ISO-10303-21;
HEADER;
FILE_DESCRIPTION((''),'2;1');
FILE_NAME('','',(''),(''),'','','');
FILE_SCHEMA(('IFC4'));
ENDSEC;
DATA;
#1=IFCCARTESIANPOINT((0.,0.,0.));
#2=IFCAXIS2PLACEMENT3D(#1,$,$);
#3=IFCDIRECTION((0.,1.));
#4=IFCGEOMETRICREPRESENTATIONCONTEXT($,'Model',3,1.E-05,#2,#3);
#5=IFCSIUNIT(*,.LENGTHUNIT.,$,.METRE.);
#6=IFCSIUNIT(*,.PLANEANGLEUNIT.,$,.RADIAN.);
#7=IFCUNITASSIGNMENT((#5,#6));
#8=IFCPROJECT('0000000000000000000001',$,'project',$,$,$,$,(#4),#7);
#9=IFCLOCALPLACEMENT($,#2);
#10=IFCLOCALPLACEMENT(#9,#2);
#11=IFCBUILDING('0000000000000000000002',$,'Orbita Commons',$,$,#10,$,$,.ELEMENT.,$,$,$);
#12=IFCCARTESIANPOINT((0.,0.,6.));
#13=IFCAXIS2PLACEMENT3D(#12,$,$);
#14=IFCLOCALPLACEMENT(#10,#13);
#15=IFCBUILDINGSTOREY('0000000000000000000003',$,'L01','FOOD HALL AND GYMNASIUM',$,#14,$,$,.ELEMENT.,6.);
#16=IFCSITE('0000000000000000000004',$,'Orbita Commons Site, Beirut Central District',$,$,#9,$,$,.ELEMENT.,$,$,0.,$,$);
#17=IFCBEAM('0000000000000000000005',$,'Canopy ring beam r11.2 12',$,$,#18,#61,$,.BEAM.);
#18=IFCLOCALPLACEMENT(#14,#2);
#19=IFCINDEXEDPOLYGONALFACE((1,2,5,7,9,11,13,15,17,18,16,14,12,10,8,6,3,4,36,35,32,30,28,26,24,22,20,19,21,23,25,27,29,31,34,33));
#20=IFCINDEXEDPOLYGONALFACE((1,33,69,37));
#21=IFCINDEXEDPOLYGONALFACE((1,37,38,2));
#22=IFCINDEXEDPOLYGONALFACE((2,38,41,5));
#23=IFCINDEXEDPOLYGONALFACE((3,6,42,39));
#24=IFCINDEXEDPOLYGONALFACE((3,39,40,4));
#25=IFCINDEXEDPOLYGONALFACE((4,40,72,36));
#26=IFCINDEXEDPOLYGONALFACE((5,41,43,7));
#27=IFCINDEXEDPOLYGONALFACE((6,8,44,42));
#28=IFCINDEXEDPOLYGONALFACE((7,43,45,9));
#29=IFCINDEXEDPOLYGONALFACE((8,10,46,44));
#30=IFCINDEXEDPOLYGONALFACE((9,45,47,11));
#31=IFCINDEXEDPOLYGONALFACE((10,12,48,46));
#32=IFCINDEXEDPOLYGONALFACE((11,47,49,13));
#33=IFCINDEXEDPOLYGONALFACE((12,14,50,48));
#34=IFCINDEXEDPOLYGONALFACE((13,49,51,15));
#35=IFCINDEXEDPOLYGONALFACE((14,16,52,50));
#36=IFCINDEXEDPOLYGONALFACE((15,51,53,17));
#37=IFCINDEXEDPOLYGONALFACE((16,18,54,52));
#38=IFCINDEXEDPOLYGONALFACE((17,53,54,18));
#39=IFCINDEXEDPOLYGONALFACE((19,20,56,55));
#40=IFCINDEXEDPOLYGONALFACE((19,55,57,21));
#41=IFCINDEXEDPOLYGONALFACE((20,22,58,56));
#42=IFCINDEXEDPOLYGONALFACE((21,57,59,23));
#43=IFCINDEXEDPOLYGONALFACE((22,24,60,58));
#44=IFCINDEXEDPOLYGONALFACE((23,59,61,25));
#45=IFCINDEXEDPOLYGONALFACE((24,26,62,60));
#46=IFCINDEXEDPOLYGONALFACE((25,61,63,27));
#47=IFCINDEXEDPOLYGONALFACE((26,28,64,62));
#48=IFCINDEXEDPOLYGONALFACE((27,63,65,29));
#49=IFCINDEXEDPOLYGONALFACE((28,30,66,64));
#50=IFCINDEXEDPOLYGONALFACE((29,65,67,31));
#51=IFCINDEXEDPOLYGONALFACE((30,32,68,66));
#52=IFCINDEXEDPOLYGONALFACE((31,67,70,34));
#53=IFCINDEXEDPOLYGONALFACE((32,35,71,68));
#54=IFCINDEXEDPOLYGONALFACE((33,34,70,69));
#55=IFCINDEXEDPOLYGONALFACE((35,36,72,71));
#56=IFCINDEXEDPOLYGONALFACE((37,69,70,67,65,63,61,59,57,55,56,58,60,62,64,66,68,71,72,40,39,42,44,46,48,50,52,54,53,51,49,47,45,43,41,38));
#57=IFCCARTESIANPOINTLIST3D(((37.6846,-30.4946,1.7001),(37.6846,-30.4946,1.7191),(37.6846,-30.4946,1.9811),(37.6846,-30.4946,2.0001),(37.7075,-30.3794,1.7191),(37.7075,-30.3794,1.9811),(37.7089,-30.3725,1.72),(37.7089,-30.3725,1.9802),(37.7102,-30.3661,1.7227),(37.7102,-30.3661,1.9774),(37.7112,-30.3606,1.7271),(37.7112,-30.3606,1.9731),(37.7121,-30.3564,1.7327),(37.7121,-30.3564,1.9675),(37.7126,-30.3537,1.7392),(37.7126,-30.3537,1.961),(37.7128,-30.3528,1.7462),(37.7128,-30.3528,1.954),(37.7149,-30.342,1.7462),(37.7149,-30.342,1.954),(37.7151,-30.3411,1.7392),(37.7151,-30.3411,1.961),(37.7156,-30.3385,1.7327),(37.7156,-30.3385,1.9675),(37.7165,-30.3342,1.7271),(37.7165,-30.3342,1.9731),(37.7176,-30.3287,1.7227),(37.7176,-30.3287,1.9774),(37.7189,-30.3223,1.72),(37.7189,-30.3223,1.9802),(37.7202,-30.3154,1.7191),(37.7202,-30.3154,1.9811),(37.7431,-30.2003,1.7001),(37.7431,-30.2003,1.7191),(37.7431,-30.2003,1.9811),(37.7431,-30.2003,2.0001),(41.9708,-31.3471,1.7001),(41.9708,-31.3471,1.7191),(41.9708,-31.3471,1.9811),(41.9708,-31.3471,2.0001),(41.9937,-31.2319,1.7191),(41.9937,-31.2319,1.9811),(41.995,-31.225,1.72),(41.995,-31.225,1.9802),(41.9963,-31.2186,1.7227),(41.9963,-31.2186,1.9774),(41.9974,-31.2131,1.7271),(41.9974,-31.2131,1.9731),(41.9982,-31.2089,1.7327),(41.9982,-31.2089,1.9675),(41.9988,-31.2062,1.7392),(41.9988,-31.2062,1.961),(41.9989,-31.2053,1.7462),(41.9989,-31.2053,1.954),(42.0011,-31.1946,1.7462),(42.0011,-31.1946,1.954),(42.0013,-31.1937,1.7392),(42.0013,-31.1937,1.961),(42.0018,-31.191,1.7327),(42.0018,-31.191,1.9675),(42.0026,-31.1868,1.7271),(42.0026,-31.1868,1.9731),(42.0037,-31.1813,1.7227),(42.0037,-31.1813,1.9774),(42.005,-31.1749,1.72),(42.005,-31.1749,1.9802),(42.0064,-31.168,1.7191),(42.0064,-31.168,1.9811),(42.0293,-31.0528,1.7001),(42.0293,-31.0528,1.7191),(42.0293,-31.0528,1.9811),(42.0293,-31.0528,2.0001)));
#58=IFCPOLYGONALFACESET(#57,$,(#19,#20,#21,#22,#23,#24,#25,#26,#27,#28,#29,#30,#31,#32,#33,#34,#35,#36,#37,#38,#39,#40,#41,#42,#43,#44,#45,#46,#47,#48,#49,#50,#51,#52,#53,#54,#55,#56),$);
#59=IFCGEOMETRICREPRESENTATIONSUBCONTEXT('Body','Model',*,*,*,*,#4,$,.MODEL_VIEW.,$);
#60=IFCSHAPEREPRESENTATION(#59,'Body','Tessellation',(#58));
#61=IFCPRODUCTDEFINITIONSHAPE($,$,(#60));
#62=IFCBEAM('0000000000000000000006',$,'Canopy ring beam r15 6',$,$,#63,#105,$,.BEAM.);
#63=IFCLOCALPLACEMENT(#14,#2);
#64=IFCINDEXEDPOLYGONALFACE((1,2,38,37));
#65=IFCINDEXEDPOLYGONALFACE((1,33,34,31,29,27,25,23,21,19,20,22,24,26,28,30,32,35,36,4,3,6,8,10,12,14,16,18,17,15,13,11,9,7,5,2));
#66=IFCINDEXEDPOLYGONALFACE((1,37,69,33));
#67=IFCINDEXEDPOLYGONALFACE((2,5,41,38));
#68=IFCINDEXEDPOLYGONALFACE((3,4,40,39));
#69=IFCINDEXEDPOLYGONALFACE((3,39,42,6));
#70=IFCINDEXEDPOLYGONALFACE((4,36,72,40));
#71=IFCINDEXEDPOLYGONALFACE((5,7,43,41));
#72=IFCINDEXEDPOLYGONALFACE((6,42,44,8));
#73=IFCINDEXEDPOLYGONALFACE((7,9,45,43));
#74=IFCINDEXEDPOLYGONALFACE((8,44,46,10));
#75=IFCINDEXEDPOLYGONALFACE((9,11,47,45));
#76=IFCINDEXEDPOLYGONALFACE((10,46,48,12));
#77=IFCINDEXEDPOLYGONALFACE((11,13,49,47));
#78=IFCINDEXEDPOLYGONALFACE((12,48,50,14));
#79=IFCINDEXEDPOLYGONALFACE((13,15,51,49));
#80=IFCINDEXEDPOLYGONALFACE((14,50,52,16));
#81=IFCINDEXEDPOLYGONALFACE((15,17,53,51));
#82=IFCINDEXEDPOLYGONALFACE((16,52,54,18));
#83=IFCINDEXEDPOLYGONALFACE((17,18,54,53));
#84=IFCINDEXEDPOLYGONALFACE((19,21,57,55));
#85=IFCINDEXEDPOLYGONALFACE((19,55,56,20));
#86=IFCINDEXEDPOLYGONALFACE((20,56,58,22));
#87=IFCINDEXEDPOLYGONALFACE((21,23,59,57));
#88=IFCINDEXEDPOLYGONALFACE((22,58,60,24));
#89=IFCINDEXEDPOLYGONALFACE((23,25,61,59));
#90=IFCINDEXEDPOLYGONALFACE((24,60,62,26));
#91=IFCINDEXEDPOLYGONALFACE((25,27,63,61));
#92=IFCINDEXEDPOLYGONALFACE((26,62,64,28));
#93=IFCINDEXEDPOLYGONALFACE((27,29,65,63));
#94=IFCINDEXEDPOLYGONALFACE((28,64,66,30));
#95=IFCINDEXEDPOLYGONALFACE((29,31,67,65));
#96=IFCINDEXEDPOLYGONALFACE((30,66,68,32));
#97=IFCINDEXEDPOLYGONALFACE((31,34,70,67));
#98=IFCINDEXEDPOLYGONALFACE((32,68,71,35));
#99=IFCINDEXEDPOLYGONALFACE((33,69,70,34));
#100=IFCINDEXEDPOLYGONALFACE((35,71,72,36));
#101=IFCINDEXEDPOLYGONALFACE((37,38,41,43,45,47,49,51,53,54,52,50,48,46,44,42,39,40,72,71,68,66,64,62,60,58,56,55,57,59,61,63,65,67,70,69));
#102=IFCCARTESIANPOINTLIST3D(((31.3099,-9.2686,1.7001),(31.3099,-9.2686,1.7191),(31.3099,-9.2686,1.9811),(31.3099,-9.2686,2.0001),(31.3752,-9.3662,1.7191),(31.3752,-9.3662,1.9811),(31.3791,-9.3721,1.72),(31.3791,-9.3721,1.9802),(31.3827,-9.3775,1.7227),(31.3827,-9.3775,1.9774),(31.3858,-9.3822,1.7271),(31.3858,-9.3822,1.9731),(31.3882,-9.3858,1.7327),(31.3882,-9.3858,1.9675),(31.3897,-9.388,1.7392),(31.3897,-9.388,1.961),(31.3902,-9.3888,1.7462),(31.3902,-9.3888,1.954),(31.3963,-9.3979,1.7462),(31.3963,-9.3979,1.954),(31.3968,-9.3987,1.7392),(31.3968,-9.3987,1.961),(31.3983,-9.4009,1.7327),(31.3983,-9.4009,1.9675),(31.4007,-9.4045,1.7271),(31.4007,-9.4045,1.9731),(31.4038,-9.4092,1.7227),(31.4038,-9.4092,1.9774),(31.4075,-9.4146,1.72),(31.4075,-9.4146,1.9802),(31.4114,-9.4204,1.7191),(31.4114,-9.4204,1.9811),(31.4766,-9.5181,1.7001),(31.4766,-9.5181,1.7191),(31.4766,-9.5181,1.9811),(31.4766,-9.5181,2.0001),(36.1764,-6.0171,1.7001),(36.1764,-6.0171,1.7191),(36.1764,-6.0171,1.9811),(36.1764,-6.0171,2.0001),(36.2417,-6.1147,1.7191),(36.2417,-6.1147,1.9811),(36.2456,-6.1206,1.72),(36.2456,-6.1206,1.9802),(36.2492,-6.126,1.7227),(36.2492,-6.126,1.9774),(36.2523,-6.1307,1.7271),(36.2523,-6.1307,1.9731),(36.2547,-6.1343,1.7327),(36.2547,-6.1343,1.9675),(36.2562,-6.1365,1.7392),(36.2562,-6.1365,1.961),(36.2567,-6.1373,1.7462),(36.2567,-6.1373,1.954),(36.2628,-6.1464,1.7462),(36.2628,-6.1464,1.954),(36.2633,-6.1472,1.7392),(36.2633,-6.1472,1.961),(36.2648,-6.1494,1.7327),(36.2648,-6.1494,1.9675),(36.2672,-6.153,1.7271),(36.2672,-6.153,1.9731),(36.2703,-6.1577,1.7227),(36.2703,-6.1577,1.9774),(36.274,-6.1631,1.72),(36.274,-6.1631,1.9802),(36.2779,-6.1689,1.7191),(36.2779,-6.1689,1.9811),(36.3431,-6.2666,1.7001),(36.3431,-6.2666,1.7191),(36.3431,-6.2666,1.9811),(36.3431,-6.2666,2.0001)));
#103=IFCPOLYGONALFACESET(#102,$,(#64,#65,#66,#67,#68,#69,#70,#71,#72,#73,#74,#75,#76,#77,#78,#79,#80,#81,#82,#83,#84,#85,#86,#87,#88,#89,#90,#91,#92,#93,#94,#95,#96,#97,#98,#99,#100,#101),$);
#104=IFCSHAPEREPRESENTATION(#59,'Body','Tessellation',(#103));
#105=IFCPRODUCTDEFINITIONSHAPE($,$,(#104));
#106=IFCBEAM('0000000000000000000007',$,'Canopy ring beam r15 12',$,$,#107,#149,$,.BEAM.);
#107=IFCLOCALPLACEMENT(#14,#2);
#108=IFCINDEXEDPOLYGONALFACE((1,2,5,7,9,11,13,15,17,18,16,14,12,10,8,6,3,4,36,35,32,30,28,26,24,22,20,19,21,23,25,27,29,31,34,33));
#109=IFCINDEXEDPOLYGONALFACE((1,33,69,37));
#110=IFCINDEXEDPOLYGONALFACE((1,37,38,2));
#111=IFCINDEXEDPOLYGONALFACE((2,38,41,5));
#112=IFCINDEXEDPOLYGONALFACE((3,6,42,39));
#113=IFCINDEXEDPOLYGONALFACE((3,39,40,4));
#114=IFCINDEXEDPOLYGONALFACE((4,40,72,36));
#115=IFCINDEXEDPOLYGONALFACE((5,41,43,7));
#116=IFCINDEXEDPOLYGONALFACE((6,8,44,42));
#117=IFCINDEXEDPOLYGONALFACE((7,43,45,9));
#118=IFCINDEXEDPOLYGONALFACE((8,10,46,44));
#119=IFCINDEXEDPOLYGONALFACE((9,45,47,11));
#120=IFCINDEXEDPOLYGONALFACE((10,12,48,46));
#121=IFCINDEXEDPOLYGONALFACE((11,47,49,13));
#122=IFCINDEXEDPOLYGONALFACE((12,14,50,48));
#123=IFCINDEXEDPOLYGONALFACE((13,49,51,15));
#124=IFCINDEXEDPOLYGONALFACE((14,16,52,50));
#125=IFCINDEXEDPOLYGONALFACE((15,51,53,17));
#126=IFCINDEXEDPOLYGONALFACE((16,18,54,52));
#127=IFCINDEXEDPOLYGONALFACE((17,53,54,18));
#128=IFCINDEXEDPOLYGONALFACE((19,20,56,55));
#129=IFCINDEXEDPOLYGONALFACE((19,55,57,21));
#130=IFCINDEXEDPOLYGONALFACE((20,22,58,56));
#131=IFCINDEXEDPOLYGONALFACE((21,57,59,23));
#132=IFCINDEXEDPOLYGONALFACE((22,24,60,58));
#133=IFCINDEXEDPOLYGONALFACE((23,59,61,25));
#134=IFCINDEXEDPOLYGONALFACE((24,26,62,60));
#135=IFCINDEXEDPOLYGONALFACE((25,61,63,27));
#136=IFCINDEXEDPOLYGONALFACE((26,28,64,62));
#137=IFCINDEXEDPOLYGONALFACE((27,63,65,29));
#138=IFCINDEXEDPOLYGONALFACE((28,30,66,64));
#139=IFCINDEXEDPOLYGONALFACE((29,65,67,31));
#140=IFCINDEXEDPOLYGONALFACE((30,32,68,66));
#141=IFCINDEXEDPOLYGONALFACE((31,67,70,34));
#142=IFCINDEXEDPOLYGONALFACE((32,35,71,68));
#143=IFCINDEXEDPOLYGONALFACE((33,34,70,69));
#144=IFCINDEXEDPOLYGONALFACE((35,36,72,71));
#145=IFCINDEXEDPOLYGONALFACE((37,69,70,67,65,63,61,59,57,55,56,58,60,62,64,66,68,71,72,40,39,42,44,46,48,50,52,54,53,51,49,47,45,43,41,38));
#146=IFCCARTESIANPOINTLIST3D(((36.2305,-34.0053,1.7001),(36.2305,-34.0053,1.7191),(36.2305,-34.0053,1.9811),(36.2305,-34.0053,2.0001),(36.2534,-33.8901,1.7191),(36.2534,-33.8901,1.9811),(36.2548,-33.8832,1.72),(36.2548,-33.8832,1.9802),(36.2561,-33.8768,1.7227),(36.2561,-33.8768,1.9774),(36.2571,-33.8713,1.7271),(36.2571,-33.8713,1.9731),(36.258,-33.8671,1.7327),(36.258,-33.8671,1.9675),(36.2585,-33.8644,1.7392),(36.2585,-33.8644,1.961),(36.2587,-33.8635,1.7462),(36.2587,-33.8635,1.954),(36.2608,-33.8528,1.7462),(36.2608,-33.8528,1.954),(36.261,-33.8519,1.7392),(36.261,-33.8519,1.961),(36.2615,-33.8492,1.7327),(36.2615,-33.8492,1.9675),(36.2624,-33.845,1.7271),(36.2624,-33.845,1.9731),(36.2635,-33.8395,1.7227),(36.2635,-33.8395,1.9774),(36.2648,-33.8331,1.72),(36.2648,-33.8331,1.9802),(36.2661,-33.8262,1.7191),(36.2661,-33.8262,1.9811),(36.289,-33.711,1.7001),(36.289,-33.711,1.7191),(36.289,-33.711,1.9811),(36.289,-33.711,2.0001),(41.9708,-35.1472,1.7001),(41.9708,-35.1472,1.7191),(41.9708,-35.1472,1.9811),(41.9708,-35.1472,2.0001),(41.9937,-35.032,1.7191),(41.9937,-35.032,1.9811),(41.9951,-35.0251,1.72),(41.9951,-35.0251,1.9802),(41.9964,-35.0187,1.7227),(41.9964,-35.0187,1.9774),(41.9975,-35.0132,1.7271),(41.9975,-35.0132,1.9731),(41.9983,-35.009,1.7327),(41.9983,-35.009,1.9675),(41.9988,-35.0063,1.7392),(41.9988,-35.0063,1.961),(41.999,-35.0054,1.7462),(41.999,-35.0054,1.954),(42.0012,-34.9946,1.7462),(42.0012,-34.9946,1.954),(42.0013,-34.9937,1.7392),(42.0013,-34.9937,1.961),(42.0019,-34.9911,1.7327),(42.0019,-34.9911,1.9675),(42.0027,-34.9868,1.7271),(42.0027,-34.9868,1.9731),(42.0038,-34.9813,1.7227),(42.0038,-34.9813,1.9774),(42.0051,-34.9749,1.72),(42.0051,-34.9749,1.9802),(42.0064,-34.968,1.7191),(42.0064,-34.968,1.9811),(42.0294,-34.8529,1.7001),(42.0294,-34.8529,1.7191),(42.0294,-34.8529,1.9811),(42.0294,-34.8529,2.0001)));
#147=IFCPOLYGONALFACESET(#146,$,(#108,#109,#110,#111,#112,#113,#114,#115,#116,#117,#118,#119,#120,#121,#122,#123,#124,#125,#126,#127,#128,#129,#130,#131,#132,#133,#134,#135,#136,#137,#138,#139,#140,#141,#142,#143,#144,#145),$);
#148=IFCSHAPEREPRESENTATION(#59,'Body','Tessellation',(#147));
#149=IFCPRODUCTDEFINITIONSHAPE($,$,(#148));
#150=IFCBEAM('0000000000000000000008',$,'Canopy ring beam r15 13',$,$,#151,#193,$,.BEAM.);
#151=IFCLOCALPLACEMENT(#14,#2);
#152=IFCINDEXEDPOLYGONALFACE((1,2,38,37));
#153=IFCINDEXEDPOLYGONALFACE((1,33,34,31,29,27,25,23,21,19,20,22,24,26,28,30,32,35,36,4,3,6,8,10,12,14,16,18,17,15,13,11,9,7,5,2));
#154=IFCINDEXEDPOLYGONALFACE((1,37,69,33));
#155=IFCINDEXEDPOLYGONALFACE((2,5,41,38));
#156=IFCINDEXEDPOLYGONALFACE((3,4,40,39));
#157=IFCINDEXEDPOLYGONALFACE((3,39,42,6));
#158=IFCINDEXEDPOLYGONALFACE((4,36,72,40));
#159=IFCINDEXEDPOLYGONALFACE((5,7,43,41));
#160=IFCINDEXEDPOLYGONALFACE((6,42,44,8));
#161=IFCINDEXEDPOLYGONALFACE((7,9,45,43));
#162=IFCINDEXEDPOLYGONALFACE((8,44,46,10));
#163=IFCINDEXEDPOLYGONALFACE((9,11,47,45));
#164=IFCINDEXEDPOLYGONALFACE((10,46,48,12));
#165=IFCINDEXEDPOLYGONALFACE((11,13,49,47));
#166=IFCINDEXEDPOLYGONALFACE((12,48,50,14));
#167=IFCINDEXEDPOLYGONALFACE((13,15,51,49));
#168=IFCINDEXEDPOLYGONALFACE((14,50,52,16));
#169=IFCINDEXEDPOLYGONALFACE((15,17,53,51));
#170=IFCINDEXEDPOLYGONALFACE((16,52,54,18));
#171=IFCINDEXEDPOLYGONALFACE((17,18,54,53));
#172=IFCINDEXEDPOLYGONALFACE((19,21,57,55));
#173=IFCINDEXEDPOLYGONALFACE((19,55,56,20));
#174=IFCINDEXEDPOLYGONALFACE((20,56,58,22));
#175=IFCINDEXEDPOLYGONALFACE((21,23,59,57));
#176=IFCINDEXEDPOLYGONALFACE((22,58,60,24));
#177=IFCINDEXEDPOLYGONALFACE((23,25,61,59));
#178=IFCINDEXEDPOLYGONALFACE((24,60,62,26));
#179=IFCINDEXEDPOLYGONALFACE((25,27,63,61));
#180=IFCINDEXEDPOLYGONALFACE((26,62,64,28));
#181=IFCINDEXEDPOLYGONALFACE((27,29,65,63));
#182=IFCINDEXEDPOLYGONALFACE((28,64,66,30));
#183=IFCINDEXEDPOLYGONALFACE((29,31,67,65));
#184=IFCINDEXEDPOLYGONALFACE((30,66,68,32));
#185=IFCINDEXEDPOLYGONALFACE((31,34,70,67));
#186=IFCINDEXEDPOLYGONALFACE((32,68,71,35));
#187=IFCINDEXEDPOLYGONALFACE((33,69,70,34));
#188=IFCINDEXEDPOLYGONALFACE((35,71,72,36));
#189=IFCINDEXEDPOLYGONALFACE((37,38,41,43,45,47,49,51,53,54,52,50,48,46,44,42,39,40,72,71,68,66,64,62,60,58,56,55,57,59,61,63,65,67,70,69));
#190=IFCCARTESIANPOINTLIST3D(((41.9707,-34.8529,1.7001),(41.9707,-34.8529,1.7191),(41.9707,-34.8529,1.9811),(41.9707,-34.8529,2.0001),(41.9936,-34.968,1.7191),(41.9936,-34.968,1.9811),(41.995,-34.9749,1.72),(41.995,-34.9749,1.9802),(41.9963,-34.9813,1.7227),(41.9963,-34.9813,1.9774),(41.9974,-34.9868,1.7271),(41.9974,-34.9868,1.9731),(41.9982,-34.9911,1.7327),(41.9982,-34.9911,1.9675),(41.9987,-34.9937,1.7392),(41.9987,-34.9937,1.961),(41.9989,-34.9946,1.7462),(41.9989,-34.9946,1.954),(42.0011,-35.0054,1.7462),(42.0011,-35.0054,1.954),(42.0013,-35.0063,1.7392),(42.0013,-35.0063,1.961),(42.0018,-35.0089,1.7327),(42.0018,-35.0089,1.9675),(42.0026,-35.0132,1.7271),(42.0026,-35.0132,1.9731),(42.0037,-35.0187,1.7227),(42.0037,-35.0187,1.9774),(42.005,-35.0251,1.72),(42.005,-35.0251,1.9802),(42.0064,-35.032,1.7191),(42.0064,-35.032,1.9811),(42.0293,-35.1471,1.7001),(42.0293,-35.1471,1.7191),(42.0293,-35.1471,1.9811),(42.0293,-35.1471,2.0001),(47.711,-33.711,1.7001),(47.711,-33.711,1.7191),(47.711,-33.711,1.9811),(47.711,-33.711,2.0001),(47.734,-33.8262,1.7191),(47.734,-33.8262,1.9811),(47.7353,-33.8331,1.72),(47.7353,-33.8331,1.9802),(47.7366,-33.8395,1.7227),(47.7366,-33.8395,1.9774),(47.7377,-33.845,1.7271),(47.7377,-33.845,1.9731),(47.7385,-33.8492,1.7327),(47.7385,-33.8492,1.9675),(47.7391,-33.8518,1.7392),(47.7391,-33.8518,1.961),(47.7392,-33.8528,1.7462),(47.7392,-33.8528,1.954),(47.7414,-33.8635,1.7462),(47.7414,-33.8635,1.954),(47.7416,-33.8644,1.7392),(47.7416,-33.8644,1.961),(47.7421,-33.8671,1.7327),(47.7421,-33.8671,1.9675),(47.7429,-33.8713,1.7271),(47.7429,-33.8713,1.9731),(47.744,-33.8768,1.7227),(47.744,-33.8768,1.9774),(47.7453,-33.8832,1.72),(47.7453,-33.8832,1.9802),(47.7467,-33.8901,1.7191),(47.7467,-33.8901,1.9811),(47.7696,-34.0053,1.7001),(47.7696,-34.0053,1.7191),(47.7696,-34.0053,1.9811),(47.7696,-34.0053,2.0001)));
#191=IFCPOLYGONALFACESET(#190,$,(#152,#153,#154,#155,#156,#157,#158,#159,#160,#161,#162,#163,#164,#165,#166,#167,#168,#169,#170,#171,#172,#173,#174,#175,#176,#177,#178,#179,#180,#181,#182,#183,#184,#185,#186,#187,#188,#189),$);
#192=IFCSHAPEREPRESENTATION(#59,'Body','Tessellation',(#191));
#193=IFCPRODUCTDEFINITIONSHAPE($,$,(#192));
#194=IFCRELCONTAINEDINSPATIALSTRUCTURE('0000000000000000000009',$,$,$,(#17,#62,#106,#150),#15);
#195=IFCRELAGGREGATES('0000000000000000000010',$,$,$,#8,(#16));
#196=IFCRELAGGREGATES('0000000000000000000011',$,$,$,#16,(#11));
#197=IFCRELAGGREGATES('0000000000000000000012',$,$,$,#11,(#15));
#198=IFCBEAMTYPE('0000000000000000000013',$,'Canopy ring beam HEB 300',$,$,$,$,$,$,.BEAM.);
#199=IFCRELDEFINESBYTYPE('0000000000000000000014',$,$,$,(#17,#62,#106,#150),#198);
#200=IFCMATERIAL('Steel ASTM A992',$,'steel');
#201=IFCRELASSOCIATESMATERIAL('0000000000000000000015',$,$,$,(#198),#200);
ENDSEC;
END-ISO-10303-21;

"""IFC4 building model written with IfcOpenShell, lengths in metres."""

from ifc_helpers import new_model, si_unit, direction, frame, origin, origin_2d, place, context, subcontext, project, spatial, i_section, extrude, material, material_profile, profile_set, type_object, element, save


model = new_model("IFC4")

# Units and contexts
model_context = context("Model", 3, precision=1e-05, world=origin(), true_north=direction((0.0, 1.0)))
body_context = subcontext(model_context, "Body", "Model", "MODEL_VIEW")
ifc_project = project(units=[si_unit("LENGTHUNIT", "METRE"), si_unit("PLANEANGLEUNIT", "RADIAN")], contexts=[model_context])

# Site, building, storey
site_placement = place(None, origin())
site = spatial("IfcSite", under=ifc_project, at=site_placement, Name="Orbita Commons Site, Beirut Central District", CompositionType="ELEMENT", RefElevation=0.0)
building_placement = place(site_placement, origin())
building = spatial("IfcBuilding", under=site, at=building_placement, Name="Orbita Commons", CompositionType="ELEMENT")
storey_placement = place(building_placement, frame((0.0, 0.0, 6.0)))
storey = spatial("IfcBuildingStorey", under=building, at=storey_placement, Name="L01", Description="FOOD HALL AND GYMNASIUM", CompositionType="ELEMENT", Elevation=6.0)

# Beams
ifc_material_1 = material(Name="Steel ASTM A992", Category="steel")
ifc_material_profile_1 = material_profile(ifc_material_1, i_section(OverallWidth=0.3, OverallDepth=0.3, WebThickness=0.011, FlangeThickness=0.019, FilletRadius=0.0271, at=origin_2d()), Name="HEB 300")
ifc_profile_set_1 = profile_set([ifc_material_profile_1], Name="Steel ASTM A992")
beam_type = type_object("IfcBeamType", Name="Canopy ring beam HEB 300", PredefinedType="BEAM", material=ifc_profile_set_1)
beam_placement = place(storey_placement, frame((37.7139, -30.3474, 1.8501), z_axis=(0.980786, -0.195085, 0.0), x_axis=(0.195085, 0.980786, 0.0)))
element("IfcBeam", 1, at=beam_placement, inside=storey, type_object=beam_type, Name="Canopy ring beam r11.2 12", PredefinedType="BEAM", context=body_context, shape_type="SweptSolid", body=[
    extrude(i_section(OverallWidth=0.3, OverallDepth=0.3, WebThickness=0.011, FlangeThickness=0.019, FilletRadius=0.0271, at=origin_2d()), origin(), (0.0, 0.0, 1.0), 4.3701),
])
for number, where, z_axis, x_axis, name in (
    (2, (36.2598, -6.1418, 1.8501), (-0.831485, -0.555547, 0.0), (0.555547, -0.831485, 0.0), "Canopy ring beam r15 6"),
    (3, (36.2598, -33.8582, 1.8501), (0.980784, -0.195097, 0.0), (0.195097, 0.980784, 0.0), "Canopy ring beam r15 12"),
    (4, (42.0, -35.0, 1.8501), (0.980784, 0.195097, 0.0), (-0.195097, 0.980784, 0.0), "Canopy ring beam r15 13"),
):
    element("IfcBeam", number, at=place(storey_placement, frame(where, z_axis=z_axis, x_axis=x_axis)), inside=storey, type_object=beam_type, Name=name, PredefinedType="BEAM", context=body_context, shape_type="SweptSolid", body=[
        extrude(i_section(OverallWidth=0.3, OverallDepth=0.3, WebThickness=0.011, FlangeThickness=0.019, FilletRadius=0.0271, at=origin_2d()), origin(), (0.0, 0.0, 1.0), 5.8528),
    ])

save(model, "model.ifc")
